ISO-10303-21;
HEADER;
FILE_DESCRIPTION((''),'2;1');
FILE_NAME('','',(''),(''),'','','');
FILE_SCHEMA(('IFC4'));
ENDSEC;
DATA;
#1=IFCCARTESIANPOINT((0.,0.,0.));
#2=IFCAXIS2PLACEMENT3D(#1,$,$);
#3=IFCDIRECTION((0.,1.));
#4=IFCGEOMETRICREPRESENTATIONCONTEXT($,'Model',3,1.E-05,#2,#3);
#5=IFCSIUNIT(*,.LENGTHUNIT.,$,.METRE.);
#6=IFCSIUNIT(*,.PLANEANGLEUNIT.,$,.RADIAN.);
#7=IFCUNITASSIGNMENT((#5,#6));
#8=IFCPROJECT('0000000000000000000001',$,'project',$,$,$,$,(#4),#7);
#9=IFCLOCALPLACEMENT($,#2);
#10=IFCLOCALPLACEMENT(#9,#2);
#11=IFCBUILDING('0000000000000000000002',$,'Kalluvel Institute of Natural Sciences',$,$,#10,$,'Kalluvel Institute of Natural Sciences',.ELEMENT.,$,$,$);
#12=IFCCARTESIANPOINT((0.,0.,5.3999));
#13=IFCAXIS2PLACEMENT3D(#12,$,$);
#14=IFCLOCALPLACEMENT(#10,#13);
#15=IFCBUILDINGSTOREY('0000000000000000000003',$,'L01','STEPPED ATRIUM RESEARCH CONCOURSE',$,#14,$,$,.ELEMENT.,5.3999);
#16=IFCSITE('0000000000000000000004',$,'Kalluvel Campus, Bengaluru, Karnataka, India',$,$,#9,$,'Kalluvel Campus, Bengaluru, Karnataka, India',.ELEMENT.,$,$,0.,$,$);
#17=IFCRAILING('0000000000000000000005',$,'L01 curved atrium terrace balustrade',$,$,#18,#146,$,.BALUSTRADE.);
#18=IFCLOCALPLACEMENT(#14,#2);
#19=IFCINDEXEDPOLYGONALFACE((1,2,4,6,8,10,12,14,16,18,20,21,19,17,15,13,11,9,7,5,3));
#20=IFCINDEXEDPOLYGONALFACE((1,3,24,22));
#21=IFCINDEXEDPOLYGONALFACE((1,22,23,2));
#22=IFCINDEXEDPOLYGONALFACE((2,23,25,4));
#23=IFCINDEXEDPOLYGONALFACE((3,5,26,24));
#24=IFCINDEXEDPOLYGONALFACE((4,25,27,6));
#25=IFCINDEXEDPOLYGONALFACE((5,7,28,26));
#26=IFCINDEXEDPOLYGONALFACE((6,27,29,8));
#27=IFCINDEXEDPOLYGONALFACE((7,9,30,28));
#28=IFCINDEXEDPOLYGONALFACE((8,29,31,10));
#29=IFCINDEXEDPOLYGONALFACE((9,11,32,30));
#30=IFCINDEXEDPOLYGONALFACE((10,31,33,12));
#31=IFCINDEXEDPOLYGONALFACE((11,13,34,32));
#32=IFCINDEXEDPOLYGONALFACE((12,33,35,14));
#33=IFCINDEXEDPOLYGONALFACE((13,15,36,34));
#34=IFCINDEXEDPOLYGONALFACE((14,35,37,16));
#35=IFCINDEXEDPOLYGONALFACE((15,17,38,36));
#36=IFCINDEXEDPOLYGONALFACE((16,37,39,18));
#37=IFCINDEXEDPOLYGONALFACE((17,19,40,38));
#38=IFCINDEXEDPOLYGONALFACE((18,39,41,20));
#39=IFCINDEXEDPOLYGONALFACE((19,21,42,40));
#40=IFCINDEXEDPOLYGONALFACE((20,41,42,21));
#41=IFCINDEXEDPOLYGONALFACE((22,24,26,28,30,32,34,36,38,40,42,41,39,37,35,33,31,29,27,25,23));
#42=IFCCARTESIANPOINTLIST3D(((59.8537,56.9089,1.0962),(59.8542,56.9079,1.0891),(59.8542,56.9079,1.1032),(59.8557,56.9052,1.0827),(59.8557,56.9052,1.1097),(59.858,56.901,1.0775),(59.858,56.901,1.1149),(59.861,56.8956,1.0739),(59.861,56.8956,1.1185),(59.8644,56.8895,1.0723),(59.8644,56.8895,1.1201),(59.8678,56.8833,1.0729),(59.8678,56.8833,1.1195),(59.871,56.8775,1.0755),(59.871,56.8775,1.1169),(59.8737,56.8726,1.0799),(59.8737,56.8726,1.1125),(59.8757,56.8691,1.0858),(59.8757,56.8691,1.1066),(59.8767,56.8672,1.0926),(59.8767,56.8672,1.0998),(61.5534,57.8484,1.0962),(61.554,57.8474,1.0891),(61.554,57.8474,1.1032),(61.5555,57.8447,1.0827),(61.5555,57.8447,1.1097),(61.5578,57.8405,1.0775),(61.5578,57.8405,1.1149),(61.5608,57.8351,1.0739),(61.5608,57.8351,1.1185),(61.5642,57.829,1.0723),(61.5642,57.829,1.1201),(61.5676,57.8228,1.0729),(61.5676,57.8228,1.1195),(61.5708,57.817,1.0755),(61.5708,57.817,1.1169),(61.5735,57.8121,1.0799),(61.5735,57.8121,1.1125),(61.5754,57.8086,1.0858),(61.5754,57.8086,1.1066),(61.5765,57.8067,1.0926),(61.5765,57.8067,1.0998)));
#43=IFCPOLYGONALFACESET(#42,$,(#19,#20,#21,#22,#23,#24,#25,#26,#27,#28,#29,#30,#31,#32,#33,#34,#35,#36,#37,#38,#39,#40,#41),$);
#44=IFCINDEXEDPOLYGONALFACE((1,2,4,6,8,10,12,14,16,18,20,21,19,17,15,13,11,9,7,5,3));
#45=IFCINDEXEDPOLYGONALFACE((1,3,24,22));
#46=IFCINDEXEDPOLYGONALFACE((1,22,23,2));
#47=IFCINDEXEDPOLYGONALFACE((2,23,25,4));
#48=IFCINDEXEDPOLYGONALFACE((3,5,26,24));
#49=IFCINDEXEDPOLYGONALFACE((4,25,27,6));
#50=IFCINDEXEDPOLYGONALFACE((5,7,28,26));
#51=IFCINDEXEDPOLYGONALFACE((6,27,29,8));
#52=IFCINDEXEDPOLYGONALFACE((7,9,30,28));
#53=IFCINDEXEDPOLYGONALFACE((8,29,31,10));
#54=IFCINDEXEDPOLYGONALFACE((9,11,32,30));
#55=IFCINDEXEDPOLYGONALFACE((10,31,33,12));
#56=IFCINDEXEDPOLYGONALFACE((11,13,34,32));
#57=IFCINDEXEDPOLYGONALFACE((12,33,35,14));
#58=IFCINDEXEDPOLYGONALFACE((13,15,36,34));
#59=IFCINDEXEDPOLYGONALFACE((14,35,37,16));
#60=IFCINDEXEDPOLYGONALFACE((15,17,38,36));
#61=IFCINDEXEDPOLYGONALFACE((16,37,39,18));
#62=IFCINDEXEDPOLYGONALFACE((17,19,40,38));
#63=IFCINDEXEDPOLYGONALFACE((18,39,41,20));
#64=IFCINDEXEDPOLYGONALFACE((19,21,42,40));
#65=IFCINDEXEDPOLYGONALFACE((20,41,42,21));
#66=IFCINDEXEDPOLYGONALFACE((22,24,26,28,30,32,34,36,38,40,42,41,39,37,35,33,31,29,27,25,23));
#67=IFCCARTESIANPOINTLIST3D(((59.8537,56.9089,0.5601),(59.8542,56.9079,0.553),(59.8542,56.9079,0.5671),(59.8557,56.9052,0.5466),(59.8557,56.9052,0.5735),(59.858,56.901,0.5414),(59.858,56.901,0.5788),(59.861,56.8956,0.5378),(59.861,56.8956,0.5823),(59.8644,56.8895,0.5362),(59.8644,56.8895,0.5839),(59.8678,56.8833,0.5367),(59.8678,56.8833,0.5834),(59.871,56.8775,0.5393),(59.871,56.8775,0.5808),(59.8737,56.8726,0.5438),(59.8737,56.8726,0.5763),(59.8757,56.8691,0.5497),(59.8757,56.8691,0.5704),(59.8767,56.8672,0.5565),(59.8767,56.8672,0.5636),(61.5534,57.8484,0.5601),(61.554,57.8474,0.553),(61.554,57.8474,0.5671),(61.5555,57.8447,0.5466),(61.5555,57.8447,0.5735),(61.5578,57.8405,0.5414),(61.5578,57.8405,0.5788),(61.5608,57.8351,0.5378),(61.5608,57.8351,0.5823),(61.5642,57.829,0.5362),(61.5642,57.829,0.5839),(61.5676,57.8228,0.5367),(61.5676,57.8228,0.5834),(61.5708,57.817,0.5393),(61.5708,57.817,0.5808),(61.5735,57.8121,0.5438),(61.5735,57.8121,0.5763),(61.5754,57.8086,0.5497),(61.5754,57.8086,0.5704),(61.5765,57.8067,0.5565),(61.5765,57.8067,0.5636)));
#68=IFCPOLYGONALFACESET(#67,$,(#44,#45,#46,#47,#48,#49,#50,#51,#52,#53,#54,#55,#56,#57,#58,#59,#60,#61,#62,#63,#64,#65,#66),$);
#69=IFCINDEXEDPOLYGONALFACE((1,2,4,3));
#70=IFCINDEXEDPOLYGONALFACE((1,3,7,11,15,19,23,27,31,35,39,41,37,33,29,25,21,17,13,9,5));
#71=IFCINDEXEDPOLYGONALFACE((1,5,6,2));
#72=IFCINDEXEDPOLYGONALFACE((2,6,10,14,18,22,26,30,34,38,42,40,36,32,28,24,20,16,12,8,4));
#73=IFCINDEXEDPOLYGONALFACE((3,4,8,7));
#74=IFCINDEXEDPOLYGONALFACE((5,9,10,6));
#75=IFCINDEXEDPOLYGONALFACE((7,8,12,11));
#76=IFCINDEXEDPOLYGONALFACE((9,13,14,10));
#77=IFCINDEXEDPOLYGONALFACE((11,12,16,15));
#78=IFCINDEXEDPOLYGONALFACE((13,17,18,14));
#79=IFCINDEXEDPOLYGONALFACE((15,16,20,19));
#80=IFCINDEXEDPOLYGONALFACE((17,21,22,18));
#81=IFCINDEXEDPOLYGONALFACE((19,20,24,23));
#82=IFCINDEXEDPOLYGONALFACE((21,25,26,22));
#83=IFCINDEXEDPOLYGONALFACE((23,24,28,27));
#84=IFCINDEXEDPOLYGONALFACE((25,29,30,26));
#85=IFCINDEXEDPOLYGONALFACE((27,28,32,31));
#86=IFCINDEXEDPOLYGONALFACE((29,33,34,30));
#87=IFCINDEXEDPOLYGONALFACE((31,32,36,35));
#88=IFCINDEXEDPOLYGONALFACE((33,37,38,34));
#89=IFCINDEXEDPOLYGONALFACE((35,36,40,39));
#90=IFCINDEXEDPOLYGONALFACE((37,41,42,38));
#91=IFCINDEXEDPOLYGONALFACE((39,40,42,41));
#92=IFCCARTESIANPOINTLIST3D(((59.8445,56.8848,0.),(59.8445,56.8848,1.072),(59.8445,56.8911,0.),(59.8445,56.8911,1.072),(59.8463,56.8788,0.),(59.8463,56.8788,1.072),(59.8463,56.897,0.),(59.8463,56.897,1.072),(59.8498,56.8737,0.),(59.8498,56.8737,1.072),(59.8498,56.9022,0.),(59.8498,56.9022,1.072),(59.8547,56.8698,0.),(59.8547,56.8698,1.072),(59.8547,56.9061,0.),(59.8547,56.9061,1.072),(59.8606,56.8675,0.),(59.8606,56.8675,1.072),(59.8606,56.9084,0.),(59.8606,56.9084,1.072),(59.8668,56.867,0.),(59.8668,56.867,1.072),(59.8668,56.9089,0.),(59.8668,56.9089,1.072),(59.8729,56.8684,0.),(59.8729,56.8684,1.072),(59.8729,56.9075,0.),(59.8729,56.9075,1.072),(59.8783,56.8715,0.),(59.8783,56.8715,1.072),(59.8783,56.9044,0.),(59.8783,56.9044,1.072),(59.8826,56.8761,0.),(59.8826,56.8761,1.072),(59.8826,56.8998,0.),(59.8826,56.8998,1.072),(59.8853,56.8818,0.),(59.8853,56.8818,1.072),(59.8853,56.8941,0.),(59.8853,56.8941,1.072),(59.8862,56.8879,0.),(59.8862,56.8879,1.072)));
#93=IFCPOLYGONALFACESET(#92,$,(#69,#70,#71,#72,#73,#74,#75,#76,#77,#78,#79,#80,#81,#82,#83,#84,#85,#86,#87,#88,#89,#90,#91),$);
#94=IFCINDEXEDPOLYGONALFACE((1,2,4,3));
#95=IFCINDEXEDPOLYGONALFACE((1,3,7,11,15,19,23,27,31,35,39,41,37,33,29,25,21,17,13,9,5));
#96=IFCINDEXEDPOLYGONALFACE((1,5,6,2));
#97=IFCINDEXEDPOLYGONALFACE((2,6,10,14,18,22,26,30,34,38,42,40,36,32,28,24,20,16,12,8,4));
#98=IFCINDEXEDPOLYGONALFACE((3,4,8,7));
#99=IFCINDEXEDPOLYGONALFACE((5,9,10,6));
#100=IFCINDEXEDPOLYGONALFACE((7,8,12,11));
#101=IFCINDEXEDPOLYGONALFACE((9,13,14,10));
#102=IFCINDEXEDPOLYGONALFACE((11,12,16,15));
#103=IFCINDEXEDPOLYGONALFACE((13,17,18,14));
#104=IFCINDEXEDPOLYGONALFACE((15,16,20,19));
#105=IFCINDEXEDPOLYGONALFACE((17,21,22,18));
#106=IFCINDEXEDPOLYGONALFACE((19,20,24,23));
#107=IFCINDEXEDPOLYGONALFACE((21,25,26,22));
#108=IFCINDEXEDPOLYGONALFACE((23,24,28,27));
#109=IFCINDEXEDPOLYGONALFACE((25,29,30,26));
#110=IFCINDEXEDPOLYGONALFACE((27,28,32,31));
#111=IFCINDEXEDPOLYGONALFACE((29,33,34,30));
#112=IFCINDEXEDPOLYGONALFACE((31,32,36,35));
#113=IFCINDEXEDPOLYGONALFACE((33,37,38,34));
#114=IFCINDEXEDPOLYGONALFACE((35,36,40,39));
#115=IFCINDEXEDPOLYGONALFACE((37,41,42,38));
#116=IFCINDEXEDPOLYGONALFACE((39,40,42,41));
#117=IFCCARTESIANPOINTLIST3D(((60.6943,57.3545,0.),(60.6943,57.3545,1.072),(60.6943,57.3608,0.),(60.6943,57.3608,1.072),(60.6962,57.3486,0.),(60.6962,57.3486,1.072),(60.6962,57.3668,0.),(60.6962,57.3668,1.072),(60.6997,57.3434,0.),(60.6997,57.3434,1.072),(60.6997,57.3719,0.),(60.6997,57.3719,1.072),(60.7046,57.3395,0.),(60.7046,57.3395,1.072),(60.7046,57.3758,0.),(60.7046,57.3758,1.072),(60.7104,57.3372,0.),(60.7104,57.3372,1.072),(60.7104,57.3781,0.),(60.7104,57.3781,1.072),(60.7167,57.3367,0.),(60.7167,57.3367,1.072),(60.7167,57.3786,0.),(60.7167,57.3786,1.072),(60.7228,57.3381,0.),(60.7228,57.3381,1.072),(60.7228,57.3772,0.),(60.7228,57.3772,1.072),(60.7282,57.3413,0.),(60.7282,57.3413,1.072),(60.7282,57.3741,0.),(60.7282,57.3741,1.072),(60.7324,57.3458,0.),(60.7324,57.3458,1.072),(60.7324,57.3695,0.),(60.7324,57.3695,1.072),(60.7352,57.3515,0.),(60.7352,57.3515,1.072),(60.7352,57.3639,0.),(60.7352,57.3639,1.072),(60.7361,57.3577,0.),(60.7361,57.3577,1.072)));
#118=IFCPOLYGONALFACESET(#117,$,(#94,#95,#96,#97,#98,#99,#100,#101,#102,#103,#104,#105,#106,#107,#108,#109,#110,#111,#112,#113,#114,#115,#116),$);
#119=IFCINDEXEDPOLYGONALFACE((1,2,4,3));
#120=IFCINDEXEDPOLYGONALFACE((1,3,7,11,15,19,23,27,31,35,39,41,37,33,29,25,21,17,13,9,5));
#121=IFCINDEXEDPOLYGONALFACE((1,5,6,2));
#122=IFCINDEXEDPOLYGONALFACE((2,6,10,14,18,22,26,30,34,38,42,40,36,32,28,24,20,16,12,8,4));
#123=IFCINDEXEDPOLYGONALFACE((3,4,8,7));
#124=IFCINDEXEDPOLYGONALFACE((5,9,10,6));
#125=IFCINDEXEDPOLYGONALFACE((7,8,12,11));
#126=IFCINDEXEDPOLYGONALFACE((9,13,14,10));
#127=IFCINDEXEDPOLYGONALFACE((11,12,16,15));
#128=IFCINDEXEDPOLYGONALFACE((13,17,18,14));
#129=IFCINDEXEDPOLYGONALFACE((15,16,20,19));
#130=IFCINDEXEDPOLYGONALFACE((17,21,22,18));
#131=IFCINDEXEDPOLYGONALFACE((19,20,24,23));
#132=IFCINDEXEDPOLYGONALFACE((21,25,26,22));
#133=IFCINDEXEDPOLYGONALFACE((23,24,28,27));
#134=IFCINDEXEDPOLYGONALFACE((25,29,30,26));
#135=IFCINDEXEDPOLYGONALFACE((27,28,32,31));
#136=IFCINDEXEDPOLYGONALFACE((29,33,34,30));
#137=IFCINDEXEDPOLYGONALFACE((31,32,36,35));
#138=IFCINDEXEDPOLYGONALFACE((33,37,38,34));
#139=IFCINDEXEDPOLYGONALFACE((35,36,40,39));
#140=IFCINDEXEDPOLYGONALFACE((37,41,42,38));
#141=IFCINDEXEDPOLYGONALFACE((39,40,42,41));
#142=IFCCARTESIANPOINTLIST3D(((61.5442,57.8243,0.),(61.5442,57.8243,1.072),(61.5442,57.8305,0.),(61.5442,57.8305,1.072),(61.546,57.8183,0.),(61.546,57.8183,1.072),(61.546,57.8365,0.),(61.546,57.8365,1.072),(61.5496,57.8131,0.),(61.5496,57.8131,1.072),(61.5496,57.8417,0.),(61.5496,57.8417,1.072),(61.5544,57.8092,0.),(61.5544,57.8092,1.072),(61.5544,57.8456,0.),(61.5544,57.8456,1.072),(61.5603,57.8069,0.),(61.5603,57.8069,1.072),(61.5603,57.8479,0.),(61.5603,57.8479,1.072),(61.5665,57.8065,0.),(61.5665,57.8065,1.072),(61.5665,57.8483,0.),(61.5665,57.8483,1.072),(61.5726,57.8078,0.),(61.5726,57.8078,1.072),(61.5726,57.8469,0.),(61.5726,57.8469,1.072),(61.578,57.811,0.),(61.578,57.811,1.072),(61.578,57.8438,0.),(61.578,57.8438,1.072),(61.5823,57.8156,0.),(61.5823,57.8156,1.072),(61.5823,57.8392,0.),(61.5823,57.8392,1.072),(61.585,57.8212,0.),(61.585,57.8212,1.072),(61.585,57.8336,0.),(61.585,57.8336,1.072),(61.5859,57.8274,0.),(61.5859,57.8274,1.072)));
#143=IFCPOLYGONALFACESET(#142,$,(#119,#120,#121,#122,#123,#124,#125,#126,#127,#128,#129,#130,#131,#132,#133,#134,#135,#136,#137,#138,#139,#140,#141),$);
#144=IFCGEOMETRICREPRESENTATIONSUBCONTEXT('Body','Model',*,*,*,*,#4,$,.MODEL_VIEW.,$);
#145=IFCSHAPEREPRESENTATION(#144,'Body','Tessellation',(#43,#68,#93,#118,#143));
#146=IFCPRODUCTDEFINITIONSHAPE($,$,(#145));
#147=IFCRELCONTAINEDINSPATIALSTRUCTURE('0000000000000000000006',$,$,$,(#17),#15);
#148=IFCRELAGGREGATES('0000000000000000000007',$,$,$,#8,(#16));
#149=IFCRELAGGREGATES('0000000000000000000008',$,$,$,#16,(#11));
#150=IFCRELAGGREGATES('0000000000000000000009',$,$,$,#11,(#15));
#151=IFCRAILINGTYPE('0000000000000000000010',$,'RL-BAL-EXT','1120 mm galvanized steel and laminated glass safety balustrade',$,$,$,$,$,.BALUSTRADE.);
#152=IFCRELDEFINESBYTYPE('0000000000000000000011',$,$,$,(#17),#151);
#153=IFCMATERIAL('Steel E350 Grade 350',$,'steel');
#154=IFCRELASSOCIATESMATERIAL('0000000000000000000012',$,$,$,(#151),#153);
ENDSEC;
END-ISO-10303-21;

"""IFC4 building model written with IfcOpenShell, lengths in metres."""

from ifc_helpers import new_model, si_unit, direction, frame, origin, origin_2d, place, context, subcontext, project, spatial, circle, extrude, material, type_object, element, save


model = new_model("IFC4")

# Units and contexts
model_context = context("Model", 3, precision=1e-05, world=origin(), true_north=direction((0.0, 1.0)))
body_context = subcontext(model_context, "Body", "Model", "MODEL_VIEW")
ifc_project = project(units=[si_unit("LENGTHUNIT", "METRE"), si_unit("PLANEANGLEUNIT", "RADIAN")], contexts=[model_context])

# Site, building, storey
site_placement = place(None, origin())
site = spatial("IfcSite", under=ifc_project, at=site_placement, Name="Kalluvel Campus, Bengaluru, Karnataka, India", LongName="Kalluvel Campus, Bengaluru, Karnataka, India", CompositionType="ELEMENT", RefElevation=0.0)
building_placement = place(site_placement, origin())
building = spatial("IfcBuilding", under=site, at=building_placement, Name="Kalluvel Institute of Natural Sciences", LongName="Kalluvel Institute of Natural Sciences", CompositionType="ELEMENT")
storey_placement = place(building_placement, frame((0.0, 0.0, 5.3999)))
storey = spatial("IfcBuildingStorey", under=building, at=storey_placement, Name="L01", Description="STEPPED ATRIUM RESEARCH CONCOURSE", CompositionType="ELEMENT", Elevation=5.3999)

# Railing
ifc_material_1 = material(Name="Steel E350 Grade 350", Category="steel")
railing_type = type_object("IfcRailingType", Name="RL-BAL-EXT", Description="1120 mm galvanized steel and laminated glass safety balustrade", PredefinedType="BALUSTRADE", material=ifc_material_1)
railing_1_placement = place(storey_placement, frame((59.8652, 56.8879, 0.0)))
element("IfcRailing", 1, at=railing_1_placement, inside=storey, type_object=railing_type, Name="L01 curved atrium terrace balustrade", PredefinedType="BALUSTRADE", context=body_context, shape_type="SweptSolid", body=[
    extrude(circle(Radius=0.0239, at=origin_2d()), frame((0.0, 0.0, 1.0962), z_axis=(0.875211, 0.483742, 0.0), x_axis=(-0.483742, 0.875211, 0.0)), (0.0, 0.0, 1.0), 1.9421),
    extrude(circle(Radius=0.0239, at=origin_2d()), frame((0.0, 0.0, 0.5601), z_axis=(0.875211, 0.483742, 0.0), x_axis=(-0.483742, 0.875211, 0.0)), (0.0, 0.0, 1.0), 1.9421),
    extrude(circle(Radius=0.021, at=origin_2d()), origin(), (0.0, 0.0, 1.0), 1.072),
    extrude(circle(Radius=0.021, at=origin_2d()), frame((0.8499, 0.4697, 0.0)), (0.0, 0.0, 1.0), 1.072),
    extrude(circle(Radius=0.021, at=origin_2d()), frame((1.6997, 0.9395, 0.0)), (0.0, 0.0, 1.0), 1.072),
])

save(model, "model.ifc")
